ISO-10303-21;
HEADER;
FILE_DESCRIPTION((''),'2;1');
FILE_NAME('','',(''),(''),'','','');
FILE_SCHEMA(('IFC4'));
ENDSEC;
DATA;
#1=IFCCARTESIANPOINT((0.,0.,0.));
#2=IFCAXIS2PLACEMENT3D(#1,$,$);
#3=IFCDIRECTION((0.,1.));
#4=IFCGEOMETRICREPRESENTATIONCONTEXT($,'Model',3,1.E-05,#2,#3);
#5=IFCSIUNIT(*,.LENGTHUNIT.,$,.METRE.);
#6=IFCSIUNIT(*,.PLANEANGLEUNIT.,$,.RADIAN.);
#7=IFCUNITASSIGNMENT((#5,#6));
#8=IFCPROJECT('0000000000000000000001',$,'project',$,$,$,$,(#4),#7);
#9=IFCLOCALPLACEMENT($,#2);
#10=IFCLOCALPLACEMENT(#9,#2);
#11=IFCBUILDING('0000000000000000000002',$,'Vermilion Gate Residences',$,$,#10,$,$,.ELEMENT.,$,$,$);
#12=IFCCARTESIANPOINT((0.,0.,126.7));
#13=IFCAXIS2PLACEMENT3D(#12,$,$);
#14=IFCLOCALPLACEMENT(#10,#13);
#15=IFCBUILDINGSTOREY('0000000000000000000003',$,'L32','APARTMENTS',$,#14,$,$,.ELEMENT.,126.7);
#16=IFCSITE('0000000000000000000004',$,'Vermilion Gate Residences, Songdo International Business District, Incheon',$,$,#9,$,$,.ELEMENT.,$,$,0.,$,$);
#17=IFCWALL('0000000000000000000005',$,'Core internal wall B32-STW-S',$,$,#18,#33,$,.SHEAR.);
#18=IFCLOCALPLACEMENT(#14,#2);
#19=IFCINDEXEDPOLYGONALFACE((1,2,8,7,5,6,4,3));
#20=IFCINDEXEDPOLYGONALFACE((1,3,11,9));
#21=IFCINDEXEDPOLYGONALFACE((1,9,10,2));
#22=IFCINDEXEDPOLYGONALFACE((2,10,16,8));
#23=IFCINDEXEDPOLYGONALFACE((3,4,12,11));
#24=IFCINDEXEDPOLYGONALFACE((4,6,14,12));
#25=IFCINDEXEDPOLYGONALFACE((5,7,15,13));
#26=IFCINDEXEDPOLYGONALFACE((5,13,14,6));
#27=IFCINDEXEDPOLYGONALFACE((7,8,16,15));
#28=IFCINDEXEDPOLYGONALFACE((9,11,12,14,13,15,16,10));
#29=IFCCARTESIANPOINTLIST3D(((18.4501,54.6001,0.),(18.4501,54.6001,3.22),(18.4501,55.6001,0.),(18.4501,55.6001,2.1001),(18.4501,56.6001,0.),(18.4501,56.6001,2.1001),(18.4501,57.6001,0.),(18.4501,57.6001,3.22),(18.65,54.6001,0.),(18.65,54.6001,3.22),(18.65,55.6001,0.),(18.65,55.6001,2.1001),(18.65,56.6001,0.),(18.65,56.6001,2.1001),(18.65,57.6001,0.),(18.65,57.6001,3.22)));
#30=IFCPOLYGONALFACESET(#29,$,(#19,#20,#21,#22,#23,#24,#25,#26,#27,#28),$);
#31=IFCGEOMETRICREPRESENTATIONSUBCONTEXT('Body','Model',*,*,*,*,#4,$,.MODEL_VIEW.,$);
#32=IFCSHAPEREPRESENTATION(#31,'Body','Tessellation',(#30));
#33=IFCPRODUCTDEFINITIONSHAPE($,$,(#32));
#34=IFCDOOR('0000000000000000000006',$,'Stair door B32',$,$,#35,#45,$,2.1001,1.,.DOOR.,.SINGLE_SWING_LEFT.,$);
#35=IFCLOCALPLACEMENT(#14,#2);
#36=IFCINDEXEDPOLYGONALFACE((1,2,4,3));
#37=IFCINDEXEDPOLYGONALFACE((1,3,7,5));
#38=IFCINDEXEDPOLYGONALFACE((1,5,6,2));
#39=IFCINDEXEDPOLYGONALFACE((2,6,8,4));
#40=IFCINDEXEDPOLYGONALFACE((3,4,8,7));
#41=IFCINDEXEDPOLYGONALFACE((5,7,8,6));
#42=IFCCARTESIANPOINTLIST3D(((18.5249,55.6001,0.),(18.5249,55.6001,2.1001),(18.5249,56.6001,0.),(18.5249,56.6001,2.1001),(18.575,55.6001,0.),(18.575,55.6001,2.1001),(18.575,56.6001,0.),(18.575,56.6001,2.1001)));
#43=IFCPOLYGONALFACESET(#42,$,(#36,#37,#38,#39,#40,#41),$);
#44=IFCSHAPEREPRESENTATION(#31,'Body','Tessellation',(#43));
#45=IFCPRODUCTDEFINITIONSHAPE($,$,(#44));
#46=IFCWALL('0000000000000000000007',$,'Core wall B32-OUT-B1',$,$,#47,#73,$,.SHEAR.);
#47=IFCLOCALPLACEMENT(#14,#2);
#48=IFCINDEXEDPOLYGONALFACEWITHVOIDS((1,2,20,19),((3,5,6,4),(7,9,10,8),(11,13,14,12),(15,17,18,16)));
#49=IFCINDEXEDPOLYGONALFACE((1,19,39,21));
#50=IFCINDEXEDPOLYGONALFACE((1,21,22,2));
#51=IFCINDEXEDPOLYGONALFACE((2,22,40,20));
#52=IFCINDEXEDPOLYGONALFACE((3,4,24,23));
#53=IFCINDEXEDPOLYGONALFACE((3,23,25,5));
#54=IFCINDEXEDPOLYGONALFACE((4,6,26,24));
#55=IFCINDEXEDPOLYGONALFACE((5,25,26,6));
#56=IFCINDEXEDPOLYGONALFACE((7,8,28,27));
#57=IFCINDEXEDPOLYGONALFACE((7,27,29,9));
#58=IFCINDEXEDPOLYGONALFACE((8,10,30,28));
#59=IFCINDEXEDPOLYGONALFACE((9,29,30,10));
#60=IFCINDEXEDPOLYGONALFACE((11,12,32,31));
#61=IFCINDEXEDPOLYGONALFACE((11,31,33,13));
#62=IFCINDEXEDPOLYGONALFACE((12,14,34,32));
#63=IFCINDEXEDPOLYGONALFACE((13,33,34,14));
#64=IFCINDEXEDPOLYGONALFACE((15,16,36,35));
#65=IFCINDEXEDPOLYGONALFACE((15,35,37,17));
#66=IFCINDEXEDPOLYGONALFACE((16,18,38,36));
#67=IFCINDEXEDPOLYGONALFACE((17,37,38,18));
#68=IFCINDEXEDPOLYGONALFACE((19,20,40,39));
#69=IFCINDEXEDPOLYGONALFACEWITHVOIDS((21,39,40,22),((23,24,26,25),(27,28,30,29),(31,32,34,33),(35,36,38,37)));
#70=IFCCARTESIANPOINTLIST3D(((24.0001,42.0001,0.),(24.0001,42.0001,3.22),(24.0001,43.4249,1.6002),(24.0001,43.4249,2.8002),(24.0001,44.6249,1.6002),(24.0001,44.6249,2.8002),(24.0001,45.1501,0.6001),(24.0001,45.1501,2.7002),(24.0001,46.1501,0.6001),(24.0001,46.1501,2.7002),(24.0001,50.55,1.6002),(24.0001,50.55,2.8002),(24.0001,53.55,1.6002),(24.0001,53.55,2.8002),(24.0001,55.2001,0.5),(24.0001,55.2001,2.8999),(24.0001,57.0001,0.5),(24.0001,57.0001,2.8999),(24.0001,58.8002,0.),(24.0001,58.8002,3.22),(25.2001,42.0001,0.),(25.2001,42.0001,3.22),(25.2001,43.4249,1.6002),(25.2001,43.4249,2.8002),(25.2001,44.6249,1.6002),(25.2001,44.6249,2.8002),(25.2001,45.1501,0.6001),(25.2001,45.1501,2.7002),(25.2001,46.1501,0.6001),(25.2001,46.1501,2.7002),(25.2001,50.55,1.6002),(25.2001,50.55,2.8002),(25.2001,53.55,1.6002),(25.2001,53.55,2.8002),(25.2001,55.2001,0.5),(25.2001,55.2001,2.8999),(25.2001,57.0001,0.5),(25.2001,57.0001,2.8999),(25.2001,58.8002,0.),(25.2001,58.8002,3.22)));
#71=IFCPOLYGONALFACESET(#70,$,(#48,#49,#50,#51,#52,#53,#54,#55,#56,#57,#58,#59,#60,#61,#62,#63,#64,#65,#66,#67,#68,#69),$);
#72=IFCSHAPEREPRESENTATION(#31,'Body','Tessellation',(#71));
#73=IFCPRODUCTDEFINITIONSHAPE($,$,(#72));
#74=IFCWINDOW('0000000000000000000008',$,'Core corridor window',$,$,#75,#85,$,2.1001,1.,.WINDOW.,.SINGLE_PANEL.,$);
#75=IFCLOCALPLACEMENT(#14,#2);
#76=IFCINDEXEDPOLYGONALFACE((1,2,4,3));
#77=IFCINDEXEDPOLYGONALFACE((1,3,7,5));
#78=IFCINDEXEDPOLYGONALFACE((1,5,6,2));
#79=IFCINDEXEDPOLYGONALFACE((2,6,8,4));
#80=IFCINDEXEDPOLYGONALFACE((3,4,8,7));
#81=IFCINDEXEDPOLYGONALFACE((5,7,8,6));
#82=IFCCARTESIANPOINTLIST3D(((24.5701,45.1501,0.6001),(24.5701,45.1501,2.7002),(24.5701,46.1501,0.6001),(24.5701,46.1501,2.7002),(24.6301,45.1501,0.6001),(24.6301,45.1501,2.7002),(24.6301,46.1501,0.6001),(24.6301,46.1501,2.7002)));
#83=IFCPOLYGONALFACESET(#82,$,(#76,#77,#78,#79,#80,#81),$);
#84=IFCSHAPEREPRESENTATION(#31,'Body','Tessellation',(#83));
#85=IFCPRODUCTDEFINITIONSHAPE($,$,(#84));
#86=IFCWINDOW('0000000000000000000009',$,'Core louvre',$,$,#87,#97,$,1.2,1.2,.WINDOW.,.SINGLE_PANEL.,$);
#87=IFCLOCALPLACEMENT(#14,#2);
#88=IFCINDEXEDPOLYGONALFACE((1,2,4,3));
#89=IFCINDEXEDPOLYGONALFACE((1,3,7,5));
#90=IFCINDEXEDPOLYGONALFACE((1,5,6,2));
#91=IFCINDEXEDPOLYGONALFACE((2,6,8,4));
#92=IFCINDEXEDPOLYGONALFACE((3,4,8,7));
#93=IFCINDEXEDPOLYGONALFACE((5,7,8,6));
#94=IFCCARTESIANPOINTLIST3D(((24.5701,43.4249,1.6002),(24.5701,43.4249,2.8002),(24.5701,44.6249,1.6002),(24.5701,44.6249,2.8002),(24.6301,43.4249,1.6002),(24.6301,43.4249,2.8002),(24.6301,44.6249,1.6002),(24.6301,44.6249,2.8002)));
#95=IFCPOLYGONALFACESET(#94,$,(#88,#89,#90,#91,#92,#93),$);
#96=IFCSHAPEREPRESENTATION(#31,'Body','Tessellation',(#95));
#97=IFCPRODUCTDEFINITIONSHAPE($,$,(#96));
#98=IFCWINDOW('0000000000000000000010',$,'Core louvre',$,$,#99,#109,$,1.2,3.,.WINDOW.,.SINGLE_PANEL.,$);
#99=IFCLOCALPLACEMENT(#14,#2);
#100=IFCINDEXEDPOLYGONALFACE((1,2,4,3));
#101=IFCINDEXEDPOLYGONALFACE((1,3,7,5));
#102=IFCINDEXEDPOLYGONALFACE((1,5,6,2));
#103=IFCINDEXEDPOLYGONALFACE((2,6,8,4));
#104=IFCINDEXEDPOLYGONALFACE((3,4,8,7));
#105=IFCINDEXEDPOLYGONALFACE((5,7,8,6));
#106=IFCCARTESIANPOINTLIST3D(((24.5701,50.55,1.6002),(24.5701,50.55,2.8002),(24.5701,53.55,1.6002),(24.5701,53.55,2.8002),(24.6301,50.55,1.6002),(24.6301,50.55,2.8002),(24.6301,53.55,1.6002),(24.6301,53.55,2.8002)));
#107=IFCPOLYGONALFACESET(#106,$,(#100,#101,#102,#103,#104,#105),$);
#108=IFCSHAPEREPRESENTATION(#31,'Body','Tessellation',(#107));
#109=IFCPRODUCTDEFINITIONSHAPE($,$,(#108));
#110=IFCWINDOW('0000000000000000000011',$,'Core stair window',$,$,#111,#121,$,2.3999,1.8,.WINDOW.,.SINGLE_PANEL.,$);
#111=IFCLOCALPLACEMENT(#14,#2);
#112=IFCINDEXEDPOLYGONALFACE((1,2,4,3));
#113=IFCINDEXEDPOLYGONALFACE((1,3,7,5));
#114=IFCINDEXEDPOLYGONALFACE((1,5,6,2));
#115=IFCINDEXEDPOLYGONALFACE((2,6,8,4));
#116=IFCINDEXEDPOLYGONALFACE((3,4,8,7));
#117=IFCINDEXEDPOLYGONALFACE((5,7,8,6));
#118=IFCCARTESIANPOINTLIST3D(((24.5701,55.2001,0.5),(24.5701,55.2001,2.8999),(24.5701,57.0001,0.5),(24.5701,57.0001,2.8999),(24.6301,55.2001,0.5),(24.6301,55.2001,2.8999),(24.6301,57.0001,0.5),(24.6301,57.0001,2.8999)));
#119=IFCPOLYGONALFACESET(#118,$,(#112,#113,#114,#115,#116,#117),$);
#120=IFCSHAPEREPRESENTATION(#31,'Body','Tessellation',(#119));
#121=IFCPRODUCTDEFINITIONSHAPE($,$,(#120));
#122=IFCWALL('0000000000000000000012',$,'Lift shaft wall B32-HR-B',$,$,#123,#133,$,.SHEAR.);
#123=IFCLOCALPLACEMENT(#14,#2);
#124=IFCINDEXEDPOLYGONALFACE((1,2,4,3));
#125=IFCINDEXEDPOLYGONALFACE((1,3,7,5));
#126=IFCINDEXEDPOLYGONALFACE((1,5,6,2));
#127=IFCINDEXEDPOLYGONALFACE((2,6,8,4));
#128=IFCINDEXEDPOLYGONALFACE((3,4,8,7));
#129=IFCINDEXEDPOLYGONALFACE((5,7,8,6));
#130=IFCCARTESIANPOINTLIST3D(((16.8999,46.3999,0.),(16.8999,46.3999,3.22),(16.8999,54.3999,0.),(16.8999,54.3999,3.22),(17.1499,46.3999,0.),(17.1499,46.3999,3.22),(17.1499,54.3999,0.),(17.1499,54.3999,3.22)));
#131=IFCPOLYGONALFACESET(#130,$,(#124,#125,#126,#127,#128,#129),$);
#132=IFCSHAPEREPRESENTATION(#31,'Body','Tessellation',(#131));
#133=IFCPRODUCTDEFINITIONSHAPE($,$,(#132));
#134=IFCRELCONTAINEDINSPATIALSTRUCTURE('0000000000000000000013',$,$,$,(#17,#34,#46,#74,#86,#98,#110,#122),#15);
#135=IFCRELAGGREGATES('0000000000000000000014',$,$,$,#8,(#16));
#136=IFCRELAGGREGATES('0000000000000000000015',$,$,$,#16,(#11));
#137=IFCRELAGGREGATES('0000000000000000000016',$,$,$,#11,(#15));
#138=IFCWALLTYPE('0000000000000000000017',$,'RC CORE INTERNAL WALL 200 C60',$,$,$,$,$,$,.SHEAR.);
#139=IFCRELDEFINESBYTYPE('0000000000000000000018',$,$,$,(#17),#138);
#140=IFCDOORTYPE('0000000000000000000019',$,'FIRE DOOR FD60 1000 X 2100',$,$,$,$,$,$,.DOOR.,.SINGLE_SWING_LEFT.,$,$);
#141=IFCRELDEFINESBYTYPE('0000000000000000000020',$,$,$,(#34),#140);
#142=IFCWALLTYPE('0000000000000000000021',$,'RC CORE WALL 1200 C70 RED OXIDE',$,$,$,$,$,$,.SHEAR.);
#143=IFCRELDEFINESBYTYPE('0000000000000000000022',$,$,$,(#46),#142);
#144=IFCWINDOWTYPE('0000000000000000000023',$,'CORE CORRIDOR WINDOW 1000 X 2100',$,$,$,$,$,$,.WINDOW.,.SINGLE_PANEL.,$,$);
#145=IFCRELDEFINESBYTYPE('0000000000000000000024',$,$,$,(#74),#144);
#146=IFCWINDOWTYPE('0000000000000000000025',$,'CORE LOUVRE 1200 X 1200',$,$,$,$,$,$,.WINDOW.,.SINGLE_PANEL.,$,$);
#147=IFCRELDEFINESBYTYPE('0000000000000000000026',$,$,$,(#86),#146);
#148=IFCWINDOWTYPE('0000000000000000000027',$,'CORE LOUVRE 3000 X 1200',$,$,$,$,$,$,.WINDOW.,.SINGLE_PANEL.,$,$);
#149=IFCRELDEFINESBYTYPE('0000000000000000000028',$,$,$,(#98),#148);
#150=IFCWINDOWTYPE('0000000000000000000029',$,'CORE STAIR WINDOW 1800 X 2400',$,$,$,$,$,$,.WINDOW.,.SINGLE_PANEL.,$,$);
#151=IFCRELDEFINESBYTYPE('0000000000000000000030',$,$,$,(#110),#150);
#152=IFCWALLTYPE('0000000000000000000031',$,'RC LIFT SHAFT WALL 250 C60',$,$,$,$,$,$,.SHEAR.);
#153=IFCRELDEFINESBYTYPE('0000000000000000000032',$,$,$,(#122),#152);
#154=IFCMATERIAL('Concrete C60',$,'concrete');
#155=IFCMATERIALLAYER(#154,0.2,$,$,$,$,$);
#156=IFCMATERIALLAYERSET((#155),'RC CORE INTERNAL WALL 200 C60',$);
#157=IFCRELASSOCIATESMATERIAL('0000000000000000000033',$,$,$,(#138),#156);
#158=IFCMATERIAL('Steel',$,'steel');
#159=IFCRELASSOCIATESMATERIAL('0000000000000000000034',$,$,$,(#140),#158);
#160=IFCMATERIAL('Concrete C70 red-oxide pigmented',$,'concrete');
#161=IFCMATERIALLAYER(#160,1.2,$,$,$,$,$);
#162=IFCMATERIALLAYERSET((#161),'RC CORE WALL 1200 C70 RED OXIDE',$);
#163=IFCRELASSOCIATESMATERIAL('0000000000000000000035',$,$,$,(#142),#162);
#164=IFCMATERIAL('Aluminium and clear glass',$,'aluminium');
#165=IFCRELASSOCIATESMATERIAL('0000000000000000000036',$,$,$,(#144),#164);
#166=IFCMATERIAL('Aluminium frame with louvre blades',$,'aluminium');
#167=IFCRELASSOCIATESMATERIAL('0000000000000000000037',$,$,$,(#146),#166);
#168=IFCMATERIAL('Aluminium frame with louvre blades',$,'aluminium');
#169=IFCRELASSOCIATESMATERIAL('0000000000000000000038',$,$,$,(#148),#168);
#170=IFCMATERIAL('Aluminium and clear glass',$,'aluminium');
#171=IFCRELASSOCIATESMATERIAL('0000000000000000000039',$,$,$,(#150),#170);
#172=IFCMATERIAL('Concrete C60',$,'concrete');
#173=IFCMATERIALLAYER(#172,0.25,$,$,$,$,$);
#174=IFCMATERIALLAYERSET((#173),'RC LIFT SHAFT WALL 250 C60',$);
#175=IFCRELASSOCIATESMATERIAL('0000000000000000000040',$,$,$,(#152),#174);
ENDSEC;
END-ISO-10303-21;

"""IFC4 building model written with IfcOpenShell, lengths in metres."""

from ifc_helpers import new_model, si_unit, direction, frame, frame_2d, origin, place, context, subcontext, project, spatial, rectangle, extrude, material, layer, layer_set, type_object, element, fill, save


model = new_model("IFC4")

# Units and contexts
model_context = context("Model", 3, precision=1e-05, world=origin(), true_north=direction((0.0, 1.0)))
body_context = subcontext(model_context, "Body", "Model", "MODEL_VIEW")
ifc_project = project(units=[si_unit("LENGTHUNIT", "METRE"), si_unit("PLANEANGLEUNIT", "RADIAN")], contexts=[model_context])

# Site, building, storey
site_placement = place(None, origin())
site = spatial("IfcSite", under=ifc_project, at=site_placement, Name="Vermilion Gate Residences, Songdo International Business District, Incheon", CompositionType="ELEMENT", RefElevation=0.0)
building_placement = place(site_placement, origin())
building = spatial("IfcBuilding", under=site, at=building_placement, Name="Vermilion Gate Residences", CompositionType="ELEMENT")
storey_placement = place(building_placement, frame((0.0, 0.0, 126.7)))
storey = spatial("IfcBuildingStorey", under=building, at=storey_placement, Name="L32", Description="APARTMENTS", CompositionType="ELEMENT", Elevation=126.7)

# Shared definitions
ifc_material_1 = material(Name="Concrete C60", Category="concrete")
ifc_layer_1 = layer(ifc_material_1, 0.2)
ifc_layer_set_1 = layer_set([ifc_layer_1], Name="RC CORE INTERNAL WALL 200 C60")
wall_type_1 = type_object("IfcWallType", Name="RC CORE INTERNAL WALL 200 C60", PredefinedType="SHEAR", material=ifc_layer_set_1)

# Wall, opening, door
wall_1_placement = place(storey_placement, frame((18.55, 57.6001, 0.0), z_axis=(0.0, 0.0, 1.0), x_axis=(0.0, -1.0, 0.0)))
wall_1 = element("IfcWall", 1, at=wall_1_placement, inside=storey, type_object=wall_type_1, Name="Core internal wall B32-STW-S", PredefinedType="SHEAR", context=body_context, shape_type="SweptSolid", body=[
    extrude(rectangle(XDim=3.0, YDim=0.2, at=frame_2d((1.5, 0.0))), origin(), (0.0, 0.0, 1.0), 3.22),
])
opening_1_placement = place(wall_1_placement, frame((1.0, 0.0, 0.0)))
opening_1 = element("IfcOpeningElement", 2, at=opening_1_placement, cuts=wall_1, PredefinedType="OPENING", context=body_context, shape_type="SweptSolid", body=[
    extrude(rectangle(XDim=1.0, YDim=2.1001, at=frame_2d((0.5, 1.05))), frame((0.0, 0.1099, 0.0), z_axis=(0.0, -1.0, 0.0), x_axis=(1.0, 0.0, 0.0)), (0.0, 0.0, 1.0), 0.22),
])
ifc_material_2 = material(Name="Steel", Category="steel")
door_type_1 = type_object("IfcDoorType", Name="FIRE DOOR FD60 1000 X 2100", OperationType="SINGLE_SWING_LEFT", PredefinedType="DOOR", material=ifc_material_2)
door_1_placement = place(opening_1_placement, origin())
door_1 = element("IfcDoor", 3, at=door_1_placement, inside=storey, type_object=door_type_1, Name="Stair door B32", OperationType="SINGLE_SWING_LEFT", OverallHeight=2.1001, OverallWidth=1.0, PredefinedType="DOOR", context=body_context, shape_type="SweptSolid", body=[
    extrude(rectangle(XDim=1.0, YDim=2.1001, at=frame_2d((0.5, 1.05))), frame((0.0, 0.0249, 0.0), z_axis=(0.0, -1.0, 0.0), x_axis=(1.0, 0.0, 0.0)), (0.0, 0.0, 1.0), 0.05),
])
fill(opening_1, door_1)

# Wall, openings, windows
ifc_material_3 = material(Name="Concrete C70 red-oxide pigmented", Category="concrete")
ifc_layer_2 = layer(ifc_material_3, 1.2)
ifc_layer_set_2 = layer_set([ifc_layer_2], Name="RC CORE WALL 1200 C70 RED OXIDE")
wall_type_2 = type_object("IfcWallType", Name="RC CORE WALL 1200 C70 RED OXIDE", PredefinedType="SHEAR", material=ifc_layer_set_2)
wall_2_placement = place(storey_placement, frame((24.6001, 58.8, 0.0), z_axis=(0.0, 0.0, 1.0), x_axis=(0.0, -1.0, 0.0)))
wall_2 = element("IfcWall", 4, at=wall_2_placement, inside=storey, type_object=wall_type_2, Name="Core wall B32-OUT-B1", PredefinedType="SHEAR", context=body_context, shape_type="SweptSolid", body=[
    extrude(rectangle(XDim=16.8, YDim=1.2, at=frame_2d((8.3999, 0.0))), origin(), (0.0, 0.0, 1.0), 3.22),
])
opening_2_placement = place(wall_2_placement, frame((1.8, 0.0, 0.5)))
opening_2 = element("IfcOpeningElement", 5, at=opening_2_placement, cuts=wall_2, PredefinedType="OPENING", context=body_context, shape_type="SweptSolid", body=[
    extrude(rectangle(XDim=1.8, YDim=2.3999, at=frame_2d((0.8999, 1.2))), frame((0.0, 0.6099, 0.0), z_axis=(0.0, -1.0, 0.0), x_axis=(1.0, 0.0, 0.0)), (0.0, 0.0, 1.0), 1.22),
])
opening_3_placement = place(wall_2_placement, frame((5.25, 0.0, 1.6001)))
opening_3 = element("IfcOpeningElement", 6, at=opening_3_placement, cuts=wall_2, PredefinedType="OPENING", context=body_context, shape_type="SweptSolid", body=[
    extrude(rectangle(XDim=3.0, YDim=1.2, at=frame_2d((1.5, 0.6001))), frame((0.0, 0.6099, 0.0), z_axis=(0.0, -1.0, 0.0), x_axis=(1.0, 0.0, 0.0)), (0.0, 0.0, 1.0), 1.22),
])
opening_4_placement = place(wall_2_placement, frame((12.6499, 0.0, 0.6001)))
opening_4 = element("IfcOpeningElement", 7, at=opening_4_placement, cuts=wall_2, PredefinedType="OPENING", context=body_context, shape_type="SweptSolid", body=[
    extrude(rectangle(XDim=1.0, YDim=2.1001, at=frame_2d((0.5, 1.05))), frame((0.0, 0.6099, 0.0), z_axis=(0.0, -1.0, 0.0), x_axis=(1.0, 0.0, 0.0)), (0.0, 0.0, 1.0), 1.22),
])
opening_5_placement = place(wall_2_placement, frame((14.175, 0.0, 1.6001)))
opening_5 = element("IfcOpeningElement", 8, at=opening_5_placement, cuts=wall_2, PredefinedType="OPENING", context=body_context, shape_type="SweptSolid", body=[
    extrude(rectangle(XDim=1.2, YDim=1.2, at=frame_2d((0.6001, 0.6001))), frame((0.0, 0.6099, 0.0), z_axis=(0.0, -1.0, 0.0), x_axis=(1.0, 0.0, 0.0)), (0.0, 0.0, 1.0), 1.22),
])
ifc_material_4 = material(Name="Aluminium and clear glass", Category="aluminium")
window_type_1 = type_object("IfcWindowType", Name="CORE CORRIDOR WINDOW 1000 X 2100", PartitioningType="SINGLE_PANEL", PredefinedType="WINDOW", material=ifc_material_4)
window_1_placement = place(opening_4_placement, origin())
window_1 = element("IfcWindow", 9, at=window_1_placement, inside=storey, type_object=window_type_1, Name="Core corridor window", OverallHeight=2.1001, OverallWidth=1.0, PartitioningType="SINGLE_PANEL", PredefinedType="WINDOW", context=body_context, shape_type="SweptSolid", body=[
    extrude(rectangle(XDim=1.0, YDim=2.1001, at=frame_2d((0.5, 1.05))), frame((0.0, 0.03, 0.0), z_axis=(0.0, -1.0, 0.0), x_axis=(1.0, 0.0, 0.0)), (0.0, 0.0, 1.0), 0.0601),
])
fill(opening_4, window_1)
ifc_material_5 = material(Name="Aluminium frame with louvre blades", Category="aluminium")
window_type_2 = type_object("IfcWindowType", Name="CORE LOUVRE 1200 X 1200", PartitioningType="SINGLE_PANEL", PredefinedType="WINDOW", material=ifc_material_5)
window_2_placement = place(opening_5_placement, origin())
window_2 = element("IfcWindow", 10, at=window_2_placement, inside=storey, type_object=window_type_2, Name="Core louvre", OverallHeight=1.2, OverallWidth=1.2, PartitioningType="SINGLE_PANEL", PredefinedType="WINDOW", context=body_context, shape_type="SweptSolid", body=[
    extrude(rectangle(XDim=1.2, YDim=1.2, at=frame_2d((0.6001, 0.6001))), frame((0.0, 0.03, 0.0), z_axis=(0.0, -1.0, 0.0), x_axis=(1.0, 0.0, 0.0)), (0.0, 0.0, 1.0), 0.0601),
])
fill(opening_5, window_2)
ifc_material_6 = material(Name="Aluminium frame with louvre blades", Category="aluminium")
window_type_3 = type_object("IfcWindowType", Name="CORE LOUVRE 3000 X 1200", PartitioningType="SINGLE_PANEL", PredefinedType="WINDOW", material=ifc_material_6)
window_3_placement = place(opening_3_placement, origin())
window_3 = element("IfcWindow", 11, at=window_3_placement, inside=storey, type_object=window_type_3, Name="Core louvre", OverallHeight=1.2, OverallWidth=3.0, PartitioningType="SINGLE_PANEL", PredefinedType="WINDOW", context=body_context, shape_type="SweptSolid", body=[
    extrude(rectangle(XDim=3.0, YDim=1.2, at=frame_2d((1.5, 0.6001))), frame((0.0, 0.03, 0.0), z_axis=(0.0, -1.0, 0.0), x_axis=(1.0, 0.0, 0.0)), (0.0, 0.0, 1.0), 0.0601),
])
fill(opening_3, window_3)
ifc_material_7 = material(Name="Aluminium and clear glass", Category="aluminium")
window_type_4 = type_object("IfcWindowType", Name="CORE STAIR WINDOW 1800 X 2400", PartitioningType="SINGLE_PANEL", PredefinedType="WINDOW", material=ifc_material_7)
window_4_placement = place(opening_2_placement, origin())
window_4 = element("IfcWindow", 12, at=window_4_placement, inside=storey, type_object=window_type_4, Name="Core stair window", OverallHeight=2.3999, OverallWidth=1.8, PartitioningType="SINGLE_PANEL", PredefinedType="WINDOW", context=body_context, shape_type="SweptSolid", body=[
    extrude(rectangle(XDim=1.8, YDim=2.3999, at=frame_2d((0.8999, 1.2))), frame((0.0, 0.03, 0.0), z_axis=(0.0, -1.0, 0.0), x_axis=(1.0, 0.0, 0.0)), (0.0, 0.0, 1.0), 0.0601),
])
fill(opening_2, window_4)

# Wall
ifc_material_8 = material(Name="Concrete C60", Category="concrete")
ifc_layer_3 = layer(ifc_material_8, 0.25)
ifc_layer_set_3 = layer_set([ifc_layer_3], Name="RC LIFT SHAFT WALL 250 C60")
wall_type_3 = type_object("IfcWallType", Name="RC LIFT SHAFT WALL 250 C60", PredefinedType="SHEAR", material=ifc_layer_set_3)
wall_3_placement = place(storey_placement, frame((17.0249, 54.3999, 0.0), z_axis=(0.0, 0.0, 1.0), x_axis=(0.0, -1.0, 0.0)))
element("IfcWall", 13, at=wall_3_placement, inside=storey, type_object=wall_type_3, Name="Lift shaft wall B32-HR-B", PredefinedType="SHEAR", context=body_context, shape_type="SweptSolid", body=[
    extrude(rectangle(XDim=8.0, YDim=0.25, at=frame_2d((4.0, 0.0))), origin(), (0.0, 0.0, 1.0), 3.22),
])

save(model, "model.ifc")
